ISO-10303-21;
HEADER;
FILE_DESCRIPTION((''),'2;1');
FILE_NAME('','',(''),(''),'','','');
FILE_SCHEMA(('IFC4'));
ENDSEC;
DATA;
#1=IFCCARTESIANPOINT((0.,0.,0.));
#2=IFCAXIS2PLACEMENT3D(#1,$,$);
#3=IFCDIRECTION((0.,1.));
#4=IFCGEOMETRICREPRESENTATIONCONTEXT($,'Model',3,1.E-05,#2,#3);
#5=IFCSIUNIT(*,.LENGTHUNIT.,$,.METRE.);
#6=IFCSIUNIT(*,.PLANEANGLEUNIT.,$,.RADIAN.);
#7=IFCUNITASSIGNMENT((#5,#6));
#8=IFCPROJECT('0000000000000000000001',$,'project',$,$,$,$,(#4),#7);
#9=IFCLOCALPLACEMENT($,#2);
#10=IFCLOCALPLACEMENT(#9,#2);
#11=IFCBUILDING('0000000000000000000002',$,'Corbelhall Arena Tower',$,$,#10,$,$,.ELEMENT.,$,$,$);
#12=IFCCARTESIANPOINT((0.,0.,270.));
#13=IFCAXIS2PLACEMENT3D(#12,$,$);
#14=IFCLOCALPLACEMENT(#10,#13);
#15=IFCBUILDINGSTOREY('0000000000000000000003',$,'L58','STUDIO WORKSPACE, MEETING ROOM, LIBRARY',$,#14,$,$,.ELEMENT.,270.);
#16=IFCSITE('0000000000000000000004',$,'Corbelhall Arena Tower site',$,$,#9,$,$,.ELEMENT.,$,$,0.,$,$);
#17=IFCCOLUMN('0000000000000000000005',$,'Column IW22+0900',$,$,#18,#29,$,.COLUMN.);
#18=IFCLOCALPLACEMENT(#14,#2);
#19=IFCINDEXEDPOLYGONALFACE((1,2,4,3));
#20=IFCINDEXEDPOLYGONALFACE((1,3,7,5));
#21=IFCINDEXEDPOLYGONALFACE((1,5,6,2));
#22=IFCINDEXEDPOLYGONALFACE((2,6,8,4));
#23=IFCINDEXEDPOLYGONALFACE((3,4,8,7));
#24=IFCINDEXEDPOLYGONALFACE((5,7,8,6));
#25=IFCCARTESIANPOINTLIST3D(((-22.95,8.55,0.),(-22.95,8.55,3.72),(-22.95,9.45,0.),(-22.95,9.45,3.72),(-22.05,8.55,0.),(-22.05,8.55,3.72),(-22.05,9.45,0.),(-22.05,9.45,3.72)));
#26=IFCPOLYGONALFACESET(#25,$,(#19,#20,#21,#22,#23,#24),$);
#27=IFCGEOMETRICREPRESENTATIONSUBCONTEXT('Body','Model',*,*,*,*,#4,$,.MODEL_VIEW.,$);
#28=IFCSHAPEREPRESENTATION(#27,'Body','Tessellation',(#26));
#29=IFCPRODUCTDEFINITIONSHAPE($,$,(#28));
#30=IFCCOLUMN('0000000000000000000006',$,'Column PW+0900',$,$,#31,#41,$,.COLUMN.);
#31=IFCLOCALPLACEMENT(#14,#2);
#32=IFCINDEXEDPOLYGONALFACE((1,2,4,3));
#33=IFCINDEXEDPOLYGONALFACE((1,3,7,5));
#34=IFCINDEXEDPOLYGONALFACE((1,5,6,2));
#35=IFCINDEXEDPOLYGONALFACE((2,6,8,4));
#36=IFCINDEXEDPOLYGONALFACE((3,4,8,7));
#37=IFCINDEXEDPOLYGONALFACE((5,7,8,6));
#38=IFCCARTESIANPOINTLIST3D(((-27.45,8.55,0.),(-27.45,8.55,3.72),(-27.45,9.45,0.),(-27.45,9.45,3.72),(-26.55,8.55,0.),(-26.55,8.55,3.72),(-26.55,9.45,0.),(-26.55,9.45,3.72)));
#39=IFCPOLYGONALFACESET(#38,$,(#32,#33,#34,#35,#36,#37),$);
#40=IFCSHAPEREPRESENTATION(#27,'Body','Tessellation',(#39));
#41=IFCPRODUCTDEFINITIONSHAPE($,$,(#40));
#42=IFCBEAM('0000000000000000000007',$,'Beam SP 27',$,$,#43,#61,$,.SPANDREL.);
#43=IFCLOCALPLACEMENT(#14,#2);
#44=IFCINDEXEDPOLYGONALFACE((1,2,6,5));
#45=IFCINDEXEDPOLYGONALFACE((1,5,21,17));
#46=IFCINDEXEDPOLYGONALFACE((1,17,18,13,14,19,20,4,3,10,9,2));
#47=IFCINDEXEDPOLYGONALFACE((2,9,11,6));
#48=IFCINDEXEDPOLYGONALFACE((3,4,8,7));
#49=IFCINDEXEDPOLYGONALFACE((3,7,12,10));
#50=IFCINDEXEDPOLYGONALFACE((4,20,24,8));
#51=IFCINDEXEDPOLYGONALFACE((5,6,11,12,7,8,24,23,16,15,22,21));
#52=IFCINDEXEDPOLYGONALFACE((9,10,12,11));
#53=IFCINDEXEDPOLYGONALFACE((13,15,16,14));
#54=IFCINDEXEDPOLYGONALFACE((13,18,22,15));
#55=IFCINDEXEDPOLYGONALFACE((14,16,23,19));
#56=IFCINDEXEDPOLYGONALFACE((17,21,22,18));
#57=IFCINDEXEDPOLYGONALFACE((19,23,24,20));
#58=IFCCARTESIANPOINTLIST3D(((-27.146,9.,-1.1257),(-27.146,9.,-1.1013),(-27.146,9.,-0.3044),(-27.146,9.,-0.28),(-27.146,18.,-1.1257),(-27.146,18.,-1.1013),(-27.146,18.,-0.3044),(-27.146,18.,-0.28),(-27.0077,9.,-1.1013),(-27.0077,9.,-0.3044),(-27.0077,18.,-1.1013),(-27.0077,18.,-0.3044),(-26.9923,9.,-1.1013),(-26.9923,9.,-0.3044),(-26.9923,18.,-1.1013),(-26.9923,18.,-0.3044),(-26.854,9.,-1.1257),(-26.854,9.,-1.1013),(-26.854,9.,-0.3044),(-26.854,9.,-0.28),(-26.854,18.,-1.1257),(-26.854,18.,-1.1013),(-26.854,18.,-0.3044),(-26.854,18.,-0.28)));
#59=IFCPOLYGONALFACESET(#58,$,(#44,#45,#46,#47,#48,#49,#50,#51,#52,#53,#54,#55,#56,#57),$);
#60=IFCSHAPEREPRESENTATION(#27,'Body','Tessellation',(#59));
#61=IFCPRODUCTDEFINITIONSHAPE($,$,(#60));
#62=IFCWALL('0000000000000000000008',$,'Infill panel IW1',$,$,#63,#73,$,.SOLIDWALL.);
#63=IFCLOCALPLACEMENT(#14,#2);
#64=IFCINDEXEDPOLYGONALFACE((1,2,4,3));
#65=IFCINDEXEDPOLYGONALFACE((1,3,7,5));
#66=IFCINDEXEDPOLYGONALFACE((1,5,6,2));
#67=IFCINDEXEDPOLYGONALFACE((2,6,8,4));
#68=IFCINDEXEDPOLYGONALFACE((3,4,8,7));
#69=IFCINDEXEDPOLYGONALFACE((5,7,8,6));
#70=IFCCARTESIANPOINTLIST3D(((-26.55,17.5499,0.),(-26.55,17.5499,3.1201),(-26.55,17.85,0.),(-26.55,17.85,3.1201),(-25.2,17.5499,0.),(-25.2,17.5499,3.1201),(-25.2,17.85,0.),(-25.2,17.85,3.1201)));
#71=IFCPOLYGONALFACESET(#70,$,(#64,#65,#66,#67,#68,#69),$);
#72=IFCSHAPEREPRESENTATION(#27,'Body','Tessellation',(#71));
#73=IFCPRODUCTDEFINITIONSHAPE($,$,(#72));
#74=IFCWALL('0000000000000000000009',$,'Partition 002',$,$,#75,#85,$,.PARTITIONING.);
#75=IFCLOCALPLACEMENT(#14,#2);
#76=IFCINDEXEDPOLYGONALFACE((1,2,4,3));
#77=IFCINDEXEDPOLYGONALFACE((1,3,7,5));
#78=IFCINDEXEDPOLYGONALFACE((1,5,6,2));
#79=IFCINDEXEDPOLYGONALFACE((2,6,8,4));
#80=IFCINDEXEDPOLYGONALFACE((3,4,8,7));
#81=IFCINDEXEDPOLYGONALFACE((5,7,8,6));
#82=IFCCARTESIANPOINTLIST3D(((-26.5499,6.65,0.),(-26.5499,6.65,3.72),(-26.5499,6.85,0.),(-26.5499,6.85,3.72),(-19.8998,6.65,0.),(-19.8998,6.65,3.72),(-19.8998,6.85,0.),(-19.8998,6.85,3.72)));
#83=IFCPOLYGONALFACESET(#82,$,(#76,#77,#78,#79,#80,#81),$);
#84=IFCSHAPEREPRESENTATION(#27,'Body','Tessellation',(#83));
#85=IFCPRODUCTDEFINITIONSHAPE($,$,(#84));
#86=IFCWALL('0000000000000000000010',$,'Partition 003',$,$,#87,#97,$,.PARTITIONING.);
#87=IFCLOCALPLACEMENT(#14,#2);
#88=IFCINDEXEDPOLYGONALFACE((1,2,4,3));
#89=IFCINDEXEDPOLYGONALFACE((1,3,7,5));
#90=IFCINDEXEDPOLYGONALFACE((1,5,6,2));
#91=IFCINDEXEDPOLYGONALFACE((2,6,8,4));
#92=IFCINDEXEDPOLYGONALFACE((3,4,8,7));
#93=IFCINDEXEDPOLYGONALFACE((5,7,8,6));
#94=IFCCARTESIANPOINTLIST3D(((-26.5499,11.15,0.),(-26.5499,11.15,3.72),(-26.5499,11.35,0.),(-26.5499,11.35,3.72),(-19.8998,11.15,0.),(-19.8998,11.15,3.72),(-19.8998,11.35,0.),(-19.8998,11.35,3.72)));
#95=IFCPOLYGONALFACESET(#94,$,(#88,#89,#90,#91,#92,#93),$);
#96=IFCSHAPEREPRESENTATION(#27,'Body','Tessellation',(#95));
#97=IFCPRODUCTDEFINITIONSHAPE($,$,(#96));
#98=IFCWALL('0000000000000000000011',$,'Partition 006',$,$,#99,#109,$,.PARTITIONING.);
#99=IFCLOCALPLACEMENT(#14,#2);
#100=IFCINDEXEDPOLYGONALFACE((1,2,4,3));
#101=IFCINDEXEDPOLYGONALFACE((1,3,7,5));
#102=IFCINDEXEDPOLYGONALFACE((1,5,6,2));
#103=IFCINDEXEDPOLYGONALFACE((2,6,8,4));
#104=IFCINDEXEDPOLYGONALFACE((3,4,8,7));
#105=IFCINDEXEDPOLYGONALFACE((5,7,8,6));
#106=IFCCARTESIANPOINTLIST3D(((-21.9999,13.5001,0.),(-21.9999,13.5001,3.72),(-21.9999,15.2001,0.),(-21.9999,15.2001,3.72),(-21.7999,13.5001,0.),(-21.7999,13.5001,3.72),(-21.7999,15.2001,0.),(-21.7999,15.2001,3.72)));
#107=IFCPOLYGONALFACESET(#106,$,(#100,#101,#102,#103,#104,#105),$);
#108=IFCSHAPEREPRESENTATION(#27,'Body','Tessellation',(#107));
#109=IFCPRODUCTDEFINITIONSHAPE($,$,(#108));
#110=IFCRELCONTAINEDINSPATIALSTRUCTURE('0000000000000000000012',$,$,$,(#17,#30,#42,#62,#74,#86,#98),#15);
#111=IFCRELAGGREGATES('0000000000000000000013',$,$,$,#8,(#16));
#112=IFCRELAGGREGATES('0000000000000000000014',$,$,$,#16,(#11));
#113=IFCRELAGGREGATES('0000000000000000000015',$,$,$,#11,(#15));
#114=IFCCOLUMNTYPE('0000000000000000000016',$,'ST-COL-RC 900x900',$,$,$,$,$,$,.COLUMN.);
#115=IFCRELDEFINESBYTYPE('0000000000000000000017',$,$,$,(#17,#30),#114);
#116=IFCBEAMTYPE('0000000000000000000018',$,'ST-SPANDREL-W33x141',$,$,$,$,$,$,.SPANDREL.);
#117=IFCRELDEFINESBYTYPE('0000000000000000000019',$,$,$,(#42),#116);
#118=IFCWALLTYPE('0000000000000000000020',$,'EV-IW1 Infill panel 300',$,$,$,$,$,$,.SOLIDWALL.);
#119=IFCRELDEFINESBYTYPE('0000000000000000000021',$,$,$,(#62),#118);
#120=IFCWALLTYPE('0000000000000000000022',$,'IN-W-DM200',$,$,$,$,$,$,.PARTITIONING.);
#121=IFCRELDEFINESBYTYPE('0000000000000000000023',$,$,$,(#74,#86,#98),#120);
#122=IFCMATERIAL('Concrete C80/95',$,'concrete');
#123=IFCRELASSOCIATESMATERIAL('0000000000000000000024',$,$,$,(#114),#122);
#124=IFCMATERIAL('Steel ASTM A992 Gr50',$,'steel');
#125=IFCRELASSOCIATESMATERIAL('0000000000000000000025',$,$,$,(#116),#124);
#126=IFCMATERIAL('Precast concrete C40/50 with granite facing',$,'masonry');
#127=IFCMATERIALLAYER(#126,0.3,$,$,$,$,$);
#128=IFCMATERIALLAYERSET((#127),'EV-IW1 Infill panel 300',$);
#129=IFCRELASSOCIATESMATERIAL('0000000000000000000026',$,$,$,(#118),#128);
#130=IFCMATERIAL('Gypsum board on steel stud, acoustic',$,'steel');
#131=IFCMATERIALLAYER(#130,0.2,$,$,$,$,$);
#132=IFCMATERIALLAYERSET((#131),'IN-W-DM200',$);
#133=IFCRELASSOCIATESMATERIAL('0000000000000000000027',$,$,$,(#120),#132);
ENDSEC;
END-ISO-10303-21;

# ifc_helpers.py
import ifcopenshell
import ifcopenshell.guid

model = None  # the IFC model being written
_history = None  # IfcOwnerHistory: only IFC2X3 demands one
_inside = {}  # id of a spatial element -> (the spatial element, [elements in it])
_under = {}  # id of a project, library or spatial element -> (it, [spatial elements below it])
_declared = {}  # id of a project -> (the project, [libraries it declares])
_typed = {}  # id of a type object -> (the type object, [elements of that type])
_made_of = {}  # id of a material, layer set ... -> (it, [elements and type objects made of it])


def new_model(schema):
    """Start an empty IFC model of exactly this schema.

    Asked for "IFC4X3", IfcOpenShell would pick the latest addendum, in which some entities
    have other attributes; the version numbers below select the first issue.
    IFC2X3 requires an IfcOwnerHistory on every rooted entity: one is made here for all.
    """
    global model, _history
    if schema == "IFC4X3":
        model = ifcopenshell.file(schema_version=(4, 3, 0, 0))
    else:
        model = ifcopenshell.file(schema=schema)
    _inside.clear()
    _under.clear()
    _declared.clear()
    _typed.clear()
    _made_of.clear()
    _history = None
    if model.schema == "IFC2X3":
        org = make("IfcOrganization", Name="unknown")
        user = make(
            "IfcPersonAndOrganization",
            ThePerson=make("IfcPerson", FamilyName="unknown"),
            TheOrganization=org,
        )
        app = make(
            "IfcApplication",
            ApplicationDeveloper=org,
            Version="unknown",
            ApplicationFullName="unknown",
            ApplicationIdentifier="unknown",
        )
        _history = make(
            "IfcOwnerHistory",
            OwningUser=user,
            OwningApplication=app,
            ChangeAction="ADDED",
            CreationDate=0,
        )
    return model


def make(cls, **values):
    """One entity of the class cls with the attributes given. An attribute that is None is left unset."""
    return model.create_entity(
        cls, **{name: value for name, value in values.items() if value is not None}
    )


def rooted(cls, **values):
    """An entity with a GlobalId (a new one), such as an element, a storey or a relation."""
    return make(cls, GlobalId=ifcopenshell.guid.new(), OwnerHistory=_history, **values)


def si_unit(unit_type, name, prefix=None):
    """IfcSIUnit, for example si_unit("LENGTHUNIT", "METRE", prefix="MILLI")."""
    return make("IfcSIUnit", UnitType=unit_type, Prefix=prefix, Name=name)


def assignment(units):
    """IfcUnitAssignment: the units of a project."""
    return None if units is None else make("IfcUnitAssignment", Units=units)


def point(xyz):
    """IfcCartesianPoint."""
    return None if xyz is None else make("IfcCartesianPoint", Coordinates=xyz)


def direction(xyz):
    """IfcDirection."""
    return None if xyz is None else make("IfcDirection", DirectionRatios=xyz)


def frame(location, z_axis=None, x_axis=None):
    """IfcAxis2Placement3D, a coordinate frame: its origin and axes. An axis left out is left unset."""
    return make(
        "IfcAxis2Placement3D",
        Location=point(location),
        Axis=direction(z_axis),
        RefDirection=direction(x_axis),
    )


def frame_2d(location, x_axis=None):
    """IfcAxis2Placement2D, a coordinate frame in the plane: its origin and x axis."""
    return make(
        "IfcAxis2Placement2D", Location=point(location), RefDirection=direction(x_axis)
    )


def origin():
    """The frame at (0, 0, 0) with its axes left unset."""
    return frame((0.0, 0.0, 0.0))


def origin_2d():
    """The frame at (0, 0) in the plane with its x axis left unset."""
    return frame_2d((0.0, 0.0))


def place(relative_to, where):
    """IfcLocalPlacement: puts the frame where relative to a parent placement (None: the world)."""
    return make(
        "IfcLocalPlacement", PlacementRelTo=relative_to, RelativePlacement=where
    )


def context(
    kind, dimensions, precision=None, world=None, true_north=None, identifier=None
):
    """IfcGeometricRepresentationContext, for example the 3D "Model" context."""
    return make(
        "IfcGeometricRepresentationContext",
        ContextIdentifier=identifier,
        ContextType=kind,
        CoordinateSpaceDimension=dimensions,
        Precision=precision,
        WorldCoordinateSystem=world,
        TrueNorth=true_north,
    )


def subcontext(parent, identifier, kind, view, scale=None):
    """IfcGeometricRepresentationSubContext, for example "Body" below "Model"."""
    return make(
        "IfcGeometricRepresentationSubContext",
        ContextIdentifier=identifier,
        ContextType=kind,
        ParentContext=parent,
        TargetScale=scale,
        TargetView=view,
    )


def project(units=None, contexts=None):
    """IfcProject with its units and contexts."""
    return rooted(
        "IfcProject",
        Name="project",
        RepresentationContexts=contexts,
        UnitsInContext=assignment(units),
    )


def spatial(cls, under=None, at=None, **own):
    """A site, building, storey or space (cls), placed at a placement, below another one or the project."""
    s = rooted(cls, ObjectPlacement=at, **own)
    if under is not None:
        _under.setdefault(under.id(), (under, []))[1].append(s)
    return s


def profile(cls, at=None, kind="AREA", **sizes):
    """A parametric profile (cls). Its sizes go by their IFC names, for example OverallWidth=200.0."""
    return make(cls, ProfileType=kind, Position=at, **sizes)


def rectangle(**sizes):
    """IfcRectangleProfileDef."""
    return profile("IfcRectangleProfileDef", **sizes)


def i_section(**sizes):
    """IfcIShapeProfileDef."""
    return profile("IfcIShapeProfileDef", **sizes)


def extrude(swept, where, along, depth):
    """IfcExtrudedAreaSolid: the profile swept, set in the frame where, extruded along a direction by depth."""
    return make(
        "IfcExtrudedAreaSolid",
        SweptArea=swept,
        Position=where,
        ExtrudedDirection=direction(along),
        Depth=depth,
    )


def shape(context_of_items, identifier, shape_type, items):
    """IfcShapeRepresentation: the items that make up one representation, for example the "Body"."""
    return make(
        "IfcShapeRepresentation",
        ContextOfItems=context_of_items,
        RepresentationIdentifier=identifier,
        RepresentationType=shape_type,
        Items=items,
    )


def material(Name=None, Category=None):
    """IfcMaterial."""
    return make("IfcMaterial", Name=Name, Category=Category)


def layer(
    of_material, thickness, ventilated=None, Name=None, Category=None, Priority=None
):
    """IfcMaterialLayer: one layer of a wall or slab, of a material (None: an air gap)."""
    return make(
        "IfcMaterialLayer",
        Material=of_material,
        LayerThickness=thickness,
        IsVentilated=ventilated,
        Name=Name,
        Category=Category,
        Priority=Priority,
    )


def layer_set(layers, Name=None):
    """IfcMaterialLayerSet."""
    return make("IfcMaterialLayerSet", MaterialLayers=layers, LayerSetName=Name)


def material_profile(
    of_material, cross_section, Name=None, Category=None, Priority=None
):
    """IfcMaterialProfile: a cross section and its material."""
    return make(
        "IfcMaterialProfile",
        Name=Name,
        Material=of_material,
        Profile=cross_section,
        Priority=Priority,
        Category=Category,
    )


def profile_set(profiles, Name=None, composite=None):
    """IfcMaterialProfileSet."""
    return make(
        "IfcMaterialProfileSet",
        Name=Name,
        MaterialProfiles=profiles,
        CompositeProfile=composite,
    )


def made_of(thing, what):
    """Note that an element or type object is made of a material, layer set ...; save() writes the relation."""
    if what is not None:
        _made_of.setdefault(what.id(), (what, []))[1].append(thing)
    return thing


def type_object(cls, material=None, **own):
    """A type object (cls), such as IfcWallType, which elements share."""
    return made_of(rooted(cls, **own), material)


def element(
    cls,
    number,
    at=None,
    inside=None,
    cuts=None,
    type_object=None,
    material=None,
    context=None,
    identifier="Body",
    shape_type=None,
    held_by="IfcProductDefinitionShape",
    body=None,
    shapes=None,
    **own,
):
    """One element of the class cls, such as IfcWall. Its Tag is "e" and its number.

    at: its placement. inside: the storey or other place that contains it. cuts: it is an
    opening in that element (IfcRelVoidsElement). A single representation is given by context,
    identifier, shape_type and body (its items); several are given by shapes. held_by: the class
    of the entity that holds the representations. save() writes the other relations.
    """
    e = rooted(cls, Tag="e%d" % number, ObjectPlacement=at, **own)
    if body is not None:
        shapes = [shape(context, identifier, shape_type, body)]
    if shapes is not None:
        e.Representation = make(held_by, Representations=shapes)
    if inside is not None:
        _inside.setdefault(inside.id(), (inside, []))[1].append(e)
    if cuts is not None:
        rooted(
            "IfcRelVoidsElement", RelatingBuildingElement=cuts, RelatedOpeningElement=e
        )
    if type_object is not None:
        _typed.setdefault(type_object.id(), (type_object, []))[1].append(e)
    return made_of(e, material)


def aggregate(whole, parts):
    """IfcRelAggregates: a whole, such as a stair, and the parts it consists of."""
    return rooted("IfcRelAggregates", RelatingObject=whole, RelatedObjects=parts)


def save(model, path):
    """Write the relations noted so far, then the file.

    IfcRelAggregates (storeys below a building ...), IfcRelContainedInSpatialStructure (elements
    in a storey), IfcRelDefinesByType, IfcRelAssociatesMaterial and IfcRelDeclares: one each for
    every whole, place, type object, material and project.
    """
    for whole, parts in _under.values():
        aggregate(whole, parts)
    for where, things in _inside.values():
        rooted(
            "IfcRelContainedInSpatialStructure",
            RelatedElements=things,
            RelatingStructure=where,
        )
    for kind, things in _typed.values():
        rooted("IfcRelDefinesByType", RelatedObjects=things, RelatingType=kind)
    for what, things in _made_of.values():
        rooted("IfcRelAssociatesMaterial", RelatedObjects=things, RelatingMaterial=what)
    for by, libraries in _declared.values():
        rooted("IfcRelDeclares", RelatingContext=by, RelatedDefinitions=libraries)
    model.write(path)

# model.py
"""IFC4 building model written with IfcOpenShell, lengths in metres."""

from ifc_helpers import new_model, si_unit, direction, frame, frame_2d, origin, origin_2d, place, context, subcontext, project, spatial, rectangle, i_section, extrude, material, layer, layer_set, material_profile, profile_set, type_object, element, save


model = new_model("IFC4")

# Units and contexts
model_context = context("Model", 3, precision=1e-05, world=origin(), true_north=direction((0.0, 1.0)))
body_context = subcontext(model_context, "Body", "Model", "MODEL_VIEW")
ifc_project = project(units=[si_unit("LENGTHUNIT", "METRE"), si_unit("PLANEANGLEUNIT", "RADIAN")], contexts=[model_context])

# Site, building, storey
site_placement = place(None, origin())
site = spatial("IfcSite", under=ifc_project, at=site_placement, Name="Corbelhall Arena Tower site", CompositionType="ELEMENT", RefElevation=0.0)
building_placement = place(site_placement, origin())
building = spatial("IfcBuilding", under=site, at=building_placement, Name="Corbelhall Arena Tower", CompositionType="ELEMENT")
storey_placement = place(building_placement, frame((0.0, 0.0, 270.0)))
storey = spatial("IfcBuildingStorey", under=building, at=storey_placement, Name="L58", Description="STUDIO WORKSPACE, MEETING ROOM, LIBRARY", CompositionType="ELEMENT", Elevation=270.0)

# Columns
ifc_material_1 = material(Name="Concrete C80/95", Category="concrete")
ifc_material_profile_1 = material_profile(ifc_material_1, rectangle(XDim=0.8999, YDim=0.8999, at=origin_2d()))
ifc_profile_set_1 = profile_set([ifc_material_profile_1], Name="Concrete C80/95")
column_type = type_object("IfcColumnType", Name="ST-COL-RC 900x900", PredefinedType="COLUMN", material=ifc_profile_set_1)
for number, where, z_axis, x_axis, name in (
    (1, (-22.5, 9.0, 0.0), (0.0, 0.0, 1.0), (1.0, 0.0, 0.0), "Column IW22+0900"),
    (2, (-27.0, 9.0, 0.0), (0.0, 0.0, 1.0), (0.0, 1.0, 0.0), "Column PW+0900"),
):
    element("IfcColumn", number, at=place(storey_placement, frame(where, z_axis=z_axis, x_axis=x_axis)), inside=storey, type_object=column_type, Name=name, PredefinedType="COLUMN", context=body_context, shape_type="SweptSolid", body=[
        extrude(rectangle(XDim=0.8999, YDim=0.8999, at=origin_2d()), origin(), (0.0, 0.0, 1.0), 3.72),
    ])

# Beam
ifc_material_2 = material(Name="Steel ASTM A992 Gr50", Category="steel")
ifc_material_profile_2 = material_profile(ifc_material_2, i_section(OverallWidth=0.292, OverallDepth=0.8457, WebThickness=0.0154, FlangeThickness=0.0244, at=origin_2d()))
ifc_profile_set_2 = profile_set([ifc_material_profile_2], Name="Steel ASTM A992 Gr50")
beam_type = type_object("IfcBeamType", Name="ST-SPANDREL-W33x141", PredefinedType="SPANDREL", material=ifc_profile_set_2)
beam_placement = place(storey_placement, frame((-27.0, 9.0, -0.7029), z_axis=(0.0, 1.0, 0.0), x_axis=(-1.0, 0.0, 0.0)))
element("IfcBeam", 3, at=beam_placement, inside=storey, type_object=beam_type, Name="Beam SP 27", PredefinedType="SPANDREL", context=body_context, shape_type="SweptSolid", body=[
    extrude(i_section(OverallWidth=0.292, OverallDepth=0.8457, WebThickness=0.0154, FlangeThickness=0.0244, at=origin_2d()), origin(), (0.0, 0.0, 1.0), 9.0),
])

# Wall
ifc_material_3 = material(Name="Precast concrete C40/50 with granite facing", Category="masonry")
ifc_layer_1 = layer(ifc_material_3, 0.3)
ifc_layer_set_1 = layer_set([ifc_layer_1], Name="EV-IW1 Infill panel 300")
wall_type_1 = type_object("IfcWallType", Name="EV-IW1 Infill panel 300", PredefinedType="SOLIDWALL", material=ifc_layer_set_1)
wall_1_placement = place(storey_placement, frame((-25.2, 17.7, 0.0), z_axis=(0.0, 0.0, 1.0), x_axis=(-1.0, 0.0, 0.0)))
element("IfcWall", 4, at=wall_1_placement, inside=storey, type_object=wall_type_1, Name="Infill panel IW1", PredefinedType="SOLIDWALL", context=body_context, shape_type="SweptSolid", body=[
    extrude(rectangle(XDim=1.3501, YDim=0.3, at=frame_2d((0.675, 0.0))), origin(), (0.0, 0.0, 1.0), 3.1201),
])

# Walls
ifc_material_4 = material(Name="Gypsum board on steel stud, acoustic", Category="steel")
ifc_layer_2 = layer(ifc_material_4, 0.2)
ifc_layer_set_2 = layer_set([ifc_layer_2], Name="IN-W-DM200")
wall_type_2 = type_object("IfcWallType", Name="IN-W-DM200", PredefinedType="PARTITIONING", material=ifc_layer_set_2)
for number, where, z_axis, x_axis, name in (
    (5, (-26.55, 6.75, 0.0), (0.0, 0.0, 1.0), (1.0, 0.0, 0.0), "Partition 002"),
    (6, (-26.55, 11.25, 0.0), (0.0, 0.0, 1.0), (1.0, 0.0, 0.0), "Partition 003"),
):
    element("IfcWall", number, at=place(storey_placement, frame(where, z_axis=z_axis, x_axis=x_axis)), inside=storey, type_object=wall_type_2, Name=name, PredefinedType="PARTITIONING", context=body_context, shape_type="SweptSolid", body=[
        extrude(rectangle(XDim=6.6501, YDim=0.2, at=frame_2d((3.3252, 0.0))), origin(), (0.0, 0.0, 1.0), 3.72),
    ])
wall_2_placement = place(storey_placement, frame((-21.8999, 13.5, 0.0), z_axis=(0.0, 0.0, 1.0), x_axis=(0.0, 1.0, 0.0)))
element("IfcWall", 7, at=wall_2_placement, inside=storey, type_object=wall_type_2, Name="Partition 006", PredefinedType="PARTITIONING", context=body_context, shape_type="SweptSolid", body=[
    extrude(rectangle(XDim=1.7, YDim=0.2, at=frame_2d((0.8501, 0.0))), origin(), (0.0, 0.0, 1.0), 3.72),
])

save(model, "model.ifc")
